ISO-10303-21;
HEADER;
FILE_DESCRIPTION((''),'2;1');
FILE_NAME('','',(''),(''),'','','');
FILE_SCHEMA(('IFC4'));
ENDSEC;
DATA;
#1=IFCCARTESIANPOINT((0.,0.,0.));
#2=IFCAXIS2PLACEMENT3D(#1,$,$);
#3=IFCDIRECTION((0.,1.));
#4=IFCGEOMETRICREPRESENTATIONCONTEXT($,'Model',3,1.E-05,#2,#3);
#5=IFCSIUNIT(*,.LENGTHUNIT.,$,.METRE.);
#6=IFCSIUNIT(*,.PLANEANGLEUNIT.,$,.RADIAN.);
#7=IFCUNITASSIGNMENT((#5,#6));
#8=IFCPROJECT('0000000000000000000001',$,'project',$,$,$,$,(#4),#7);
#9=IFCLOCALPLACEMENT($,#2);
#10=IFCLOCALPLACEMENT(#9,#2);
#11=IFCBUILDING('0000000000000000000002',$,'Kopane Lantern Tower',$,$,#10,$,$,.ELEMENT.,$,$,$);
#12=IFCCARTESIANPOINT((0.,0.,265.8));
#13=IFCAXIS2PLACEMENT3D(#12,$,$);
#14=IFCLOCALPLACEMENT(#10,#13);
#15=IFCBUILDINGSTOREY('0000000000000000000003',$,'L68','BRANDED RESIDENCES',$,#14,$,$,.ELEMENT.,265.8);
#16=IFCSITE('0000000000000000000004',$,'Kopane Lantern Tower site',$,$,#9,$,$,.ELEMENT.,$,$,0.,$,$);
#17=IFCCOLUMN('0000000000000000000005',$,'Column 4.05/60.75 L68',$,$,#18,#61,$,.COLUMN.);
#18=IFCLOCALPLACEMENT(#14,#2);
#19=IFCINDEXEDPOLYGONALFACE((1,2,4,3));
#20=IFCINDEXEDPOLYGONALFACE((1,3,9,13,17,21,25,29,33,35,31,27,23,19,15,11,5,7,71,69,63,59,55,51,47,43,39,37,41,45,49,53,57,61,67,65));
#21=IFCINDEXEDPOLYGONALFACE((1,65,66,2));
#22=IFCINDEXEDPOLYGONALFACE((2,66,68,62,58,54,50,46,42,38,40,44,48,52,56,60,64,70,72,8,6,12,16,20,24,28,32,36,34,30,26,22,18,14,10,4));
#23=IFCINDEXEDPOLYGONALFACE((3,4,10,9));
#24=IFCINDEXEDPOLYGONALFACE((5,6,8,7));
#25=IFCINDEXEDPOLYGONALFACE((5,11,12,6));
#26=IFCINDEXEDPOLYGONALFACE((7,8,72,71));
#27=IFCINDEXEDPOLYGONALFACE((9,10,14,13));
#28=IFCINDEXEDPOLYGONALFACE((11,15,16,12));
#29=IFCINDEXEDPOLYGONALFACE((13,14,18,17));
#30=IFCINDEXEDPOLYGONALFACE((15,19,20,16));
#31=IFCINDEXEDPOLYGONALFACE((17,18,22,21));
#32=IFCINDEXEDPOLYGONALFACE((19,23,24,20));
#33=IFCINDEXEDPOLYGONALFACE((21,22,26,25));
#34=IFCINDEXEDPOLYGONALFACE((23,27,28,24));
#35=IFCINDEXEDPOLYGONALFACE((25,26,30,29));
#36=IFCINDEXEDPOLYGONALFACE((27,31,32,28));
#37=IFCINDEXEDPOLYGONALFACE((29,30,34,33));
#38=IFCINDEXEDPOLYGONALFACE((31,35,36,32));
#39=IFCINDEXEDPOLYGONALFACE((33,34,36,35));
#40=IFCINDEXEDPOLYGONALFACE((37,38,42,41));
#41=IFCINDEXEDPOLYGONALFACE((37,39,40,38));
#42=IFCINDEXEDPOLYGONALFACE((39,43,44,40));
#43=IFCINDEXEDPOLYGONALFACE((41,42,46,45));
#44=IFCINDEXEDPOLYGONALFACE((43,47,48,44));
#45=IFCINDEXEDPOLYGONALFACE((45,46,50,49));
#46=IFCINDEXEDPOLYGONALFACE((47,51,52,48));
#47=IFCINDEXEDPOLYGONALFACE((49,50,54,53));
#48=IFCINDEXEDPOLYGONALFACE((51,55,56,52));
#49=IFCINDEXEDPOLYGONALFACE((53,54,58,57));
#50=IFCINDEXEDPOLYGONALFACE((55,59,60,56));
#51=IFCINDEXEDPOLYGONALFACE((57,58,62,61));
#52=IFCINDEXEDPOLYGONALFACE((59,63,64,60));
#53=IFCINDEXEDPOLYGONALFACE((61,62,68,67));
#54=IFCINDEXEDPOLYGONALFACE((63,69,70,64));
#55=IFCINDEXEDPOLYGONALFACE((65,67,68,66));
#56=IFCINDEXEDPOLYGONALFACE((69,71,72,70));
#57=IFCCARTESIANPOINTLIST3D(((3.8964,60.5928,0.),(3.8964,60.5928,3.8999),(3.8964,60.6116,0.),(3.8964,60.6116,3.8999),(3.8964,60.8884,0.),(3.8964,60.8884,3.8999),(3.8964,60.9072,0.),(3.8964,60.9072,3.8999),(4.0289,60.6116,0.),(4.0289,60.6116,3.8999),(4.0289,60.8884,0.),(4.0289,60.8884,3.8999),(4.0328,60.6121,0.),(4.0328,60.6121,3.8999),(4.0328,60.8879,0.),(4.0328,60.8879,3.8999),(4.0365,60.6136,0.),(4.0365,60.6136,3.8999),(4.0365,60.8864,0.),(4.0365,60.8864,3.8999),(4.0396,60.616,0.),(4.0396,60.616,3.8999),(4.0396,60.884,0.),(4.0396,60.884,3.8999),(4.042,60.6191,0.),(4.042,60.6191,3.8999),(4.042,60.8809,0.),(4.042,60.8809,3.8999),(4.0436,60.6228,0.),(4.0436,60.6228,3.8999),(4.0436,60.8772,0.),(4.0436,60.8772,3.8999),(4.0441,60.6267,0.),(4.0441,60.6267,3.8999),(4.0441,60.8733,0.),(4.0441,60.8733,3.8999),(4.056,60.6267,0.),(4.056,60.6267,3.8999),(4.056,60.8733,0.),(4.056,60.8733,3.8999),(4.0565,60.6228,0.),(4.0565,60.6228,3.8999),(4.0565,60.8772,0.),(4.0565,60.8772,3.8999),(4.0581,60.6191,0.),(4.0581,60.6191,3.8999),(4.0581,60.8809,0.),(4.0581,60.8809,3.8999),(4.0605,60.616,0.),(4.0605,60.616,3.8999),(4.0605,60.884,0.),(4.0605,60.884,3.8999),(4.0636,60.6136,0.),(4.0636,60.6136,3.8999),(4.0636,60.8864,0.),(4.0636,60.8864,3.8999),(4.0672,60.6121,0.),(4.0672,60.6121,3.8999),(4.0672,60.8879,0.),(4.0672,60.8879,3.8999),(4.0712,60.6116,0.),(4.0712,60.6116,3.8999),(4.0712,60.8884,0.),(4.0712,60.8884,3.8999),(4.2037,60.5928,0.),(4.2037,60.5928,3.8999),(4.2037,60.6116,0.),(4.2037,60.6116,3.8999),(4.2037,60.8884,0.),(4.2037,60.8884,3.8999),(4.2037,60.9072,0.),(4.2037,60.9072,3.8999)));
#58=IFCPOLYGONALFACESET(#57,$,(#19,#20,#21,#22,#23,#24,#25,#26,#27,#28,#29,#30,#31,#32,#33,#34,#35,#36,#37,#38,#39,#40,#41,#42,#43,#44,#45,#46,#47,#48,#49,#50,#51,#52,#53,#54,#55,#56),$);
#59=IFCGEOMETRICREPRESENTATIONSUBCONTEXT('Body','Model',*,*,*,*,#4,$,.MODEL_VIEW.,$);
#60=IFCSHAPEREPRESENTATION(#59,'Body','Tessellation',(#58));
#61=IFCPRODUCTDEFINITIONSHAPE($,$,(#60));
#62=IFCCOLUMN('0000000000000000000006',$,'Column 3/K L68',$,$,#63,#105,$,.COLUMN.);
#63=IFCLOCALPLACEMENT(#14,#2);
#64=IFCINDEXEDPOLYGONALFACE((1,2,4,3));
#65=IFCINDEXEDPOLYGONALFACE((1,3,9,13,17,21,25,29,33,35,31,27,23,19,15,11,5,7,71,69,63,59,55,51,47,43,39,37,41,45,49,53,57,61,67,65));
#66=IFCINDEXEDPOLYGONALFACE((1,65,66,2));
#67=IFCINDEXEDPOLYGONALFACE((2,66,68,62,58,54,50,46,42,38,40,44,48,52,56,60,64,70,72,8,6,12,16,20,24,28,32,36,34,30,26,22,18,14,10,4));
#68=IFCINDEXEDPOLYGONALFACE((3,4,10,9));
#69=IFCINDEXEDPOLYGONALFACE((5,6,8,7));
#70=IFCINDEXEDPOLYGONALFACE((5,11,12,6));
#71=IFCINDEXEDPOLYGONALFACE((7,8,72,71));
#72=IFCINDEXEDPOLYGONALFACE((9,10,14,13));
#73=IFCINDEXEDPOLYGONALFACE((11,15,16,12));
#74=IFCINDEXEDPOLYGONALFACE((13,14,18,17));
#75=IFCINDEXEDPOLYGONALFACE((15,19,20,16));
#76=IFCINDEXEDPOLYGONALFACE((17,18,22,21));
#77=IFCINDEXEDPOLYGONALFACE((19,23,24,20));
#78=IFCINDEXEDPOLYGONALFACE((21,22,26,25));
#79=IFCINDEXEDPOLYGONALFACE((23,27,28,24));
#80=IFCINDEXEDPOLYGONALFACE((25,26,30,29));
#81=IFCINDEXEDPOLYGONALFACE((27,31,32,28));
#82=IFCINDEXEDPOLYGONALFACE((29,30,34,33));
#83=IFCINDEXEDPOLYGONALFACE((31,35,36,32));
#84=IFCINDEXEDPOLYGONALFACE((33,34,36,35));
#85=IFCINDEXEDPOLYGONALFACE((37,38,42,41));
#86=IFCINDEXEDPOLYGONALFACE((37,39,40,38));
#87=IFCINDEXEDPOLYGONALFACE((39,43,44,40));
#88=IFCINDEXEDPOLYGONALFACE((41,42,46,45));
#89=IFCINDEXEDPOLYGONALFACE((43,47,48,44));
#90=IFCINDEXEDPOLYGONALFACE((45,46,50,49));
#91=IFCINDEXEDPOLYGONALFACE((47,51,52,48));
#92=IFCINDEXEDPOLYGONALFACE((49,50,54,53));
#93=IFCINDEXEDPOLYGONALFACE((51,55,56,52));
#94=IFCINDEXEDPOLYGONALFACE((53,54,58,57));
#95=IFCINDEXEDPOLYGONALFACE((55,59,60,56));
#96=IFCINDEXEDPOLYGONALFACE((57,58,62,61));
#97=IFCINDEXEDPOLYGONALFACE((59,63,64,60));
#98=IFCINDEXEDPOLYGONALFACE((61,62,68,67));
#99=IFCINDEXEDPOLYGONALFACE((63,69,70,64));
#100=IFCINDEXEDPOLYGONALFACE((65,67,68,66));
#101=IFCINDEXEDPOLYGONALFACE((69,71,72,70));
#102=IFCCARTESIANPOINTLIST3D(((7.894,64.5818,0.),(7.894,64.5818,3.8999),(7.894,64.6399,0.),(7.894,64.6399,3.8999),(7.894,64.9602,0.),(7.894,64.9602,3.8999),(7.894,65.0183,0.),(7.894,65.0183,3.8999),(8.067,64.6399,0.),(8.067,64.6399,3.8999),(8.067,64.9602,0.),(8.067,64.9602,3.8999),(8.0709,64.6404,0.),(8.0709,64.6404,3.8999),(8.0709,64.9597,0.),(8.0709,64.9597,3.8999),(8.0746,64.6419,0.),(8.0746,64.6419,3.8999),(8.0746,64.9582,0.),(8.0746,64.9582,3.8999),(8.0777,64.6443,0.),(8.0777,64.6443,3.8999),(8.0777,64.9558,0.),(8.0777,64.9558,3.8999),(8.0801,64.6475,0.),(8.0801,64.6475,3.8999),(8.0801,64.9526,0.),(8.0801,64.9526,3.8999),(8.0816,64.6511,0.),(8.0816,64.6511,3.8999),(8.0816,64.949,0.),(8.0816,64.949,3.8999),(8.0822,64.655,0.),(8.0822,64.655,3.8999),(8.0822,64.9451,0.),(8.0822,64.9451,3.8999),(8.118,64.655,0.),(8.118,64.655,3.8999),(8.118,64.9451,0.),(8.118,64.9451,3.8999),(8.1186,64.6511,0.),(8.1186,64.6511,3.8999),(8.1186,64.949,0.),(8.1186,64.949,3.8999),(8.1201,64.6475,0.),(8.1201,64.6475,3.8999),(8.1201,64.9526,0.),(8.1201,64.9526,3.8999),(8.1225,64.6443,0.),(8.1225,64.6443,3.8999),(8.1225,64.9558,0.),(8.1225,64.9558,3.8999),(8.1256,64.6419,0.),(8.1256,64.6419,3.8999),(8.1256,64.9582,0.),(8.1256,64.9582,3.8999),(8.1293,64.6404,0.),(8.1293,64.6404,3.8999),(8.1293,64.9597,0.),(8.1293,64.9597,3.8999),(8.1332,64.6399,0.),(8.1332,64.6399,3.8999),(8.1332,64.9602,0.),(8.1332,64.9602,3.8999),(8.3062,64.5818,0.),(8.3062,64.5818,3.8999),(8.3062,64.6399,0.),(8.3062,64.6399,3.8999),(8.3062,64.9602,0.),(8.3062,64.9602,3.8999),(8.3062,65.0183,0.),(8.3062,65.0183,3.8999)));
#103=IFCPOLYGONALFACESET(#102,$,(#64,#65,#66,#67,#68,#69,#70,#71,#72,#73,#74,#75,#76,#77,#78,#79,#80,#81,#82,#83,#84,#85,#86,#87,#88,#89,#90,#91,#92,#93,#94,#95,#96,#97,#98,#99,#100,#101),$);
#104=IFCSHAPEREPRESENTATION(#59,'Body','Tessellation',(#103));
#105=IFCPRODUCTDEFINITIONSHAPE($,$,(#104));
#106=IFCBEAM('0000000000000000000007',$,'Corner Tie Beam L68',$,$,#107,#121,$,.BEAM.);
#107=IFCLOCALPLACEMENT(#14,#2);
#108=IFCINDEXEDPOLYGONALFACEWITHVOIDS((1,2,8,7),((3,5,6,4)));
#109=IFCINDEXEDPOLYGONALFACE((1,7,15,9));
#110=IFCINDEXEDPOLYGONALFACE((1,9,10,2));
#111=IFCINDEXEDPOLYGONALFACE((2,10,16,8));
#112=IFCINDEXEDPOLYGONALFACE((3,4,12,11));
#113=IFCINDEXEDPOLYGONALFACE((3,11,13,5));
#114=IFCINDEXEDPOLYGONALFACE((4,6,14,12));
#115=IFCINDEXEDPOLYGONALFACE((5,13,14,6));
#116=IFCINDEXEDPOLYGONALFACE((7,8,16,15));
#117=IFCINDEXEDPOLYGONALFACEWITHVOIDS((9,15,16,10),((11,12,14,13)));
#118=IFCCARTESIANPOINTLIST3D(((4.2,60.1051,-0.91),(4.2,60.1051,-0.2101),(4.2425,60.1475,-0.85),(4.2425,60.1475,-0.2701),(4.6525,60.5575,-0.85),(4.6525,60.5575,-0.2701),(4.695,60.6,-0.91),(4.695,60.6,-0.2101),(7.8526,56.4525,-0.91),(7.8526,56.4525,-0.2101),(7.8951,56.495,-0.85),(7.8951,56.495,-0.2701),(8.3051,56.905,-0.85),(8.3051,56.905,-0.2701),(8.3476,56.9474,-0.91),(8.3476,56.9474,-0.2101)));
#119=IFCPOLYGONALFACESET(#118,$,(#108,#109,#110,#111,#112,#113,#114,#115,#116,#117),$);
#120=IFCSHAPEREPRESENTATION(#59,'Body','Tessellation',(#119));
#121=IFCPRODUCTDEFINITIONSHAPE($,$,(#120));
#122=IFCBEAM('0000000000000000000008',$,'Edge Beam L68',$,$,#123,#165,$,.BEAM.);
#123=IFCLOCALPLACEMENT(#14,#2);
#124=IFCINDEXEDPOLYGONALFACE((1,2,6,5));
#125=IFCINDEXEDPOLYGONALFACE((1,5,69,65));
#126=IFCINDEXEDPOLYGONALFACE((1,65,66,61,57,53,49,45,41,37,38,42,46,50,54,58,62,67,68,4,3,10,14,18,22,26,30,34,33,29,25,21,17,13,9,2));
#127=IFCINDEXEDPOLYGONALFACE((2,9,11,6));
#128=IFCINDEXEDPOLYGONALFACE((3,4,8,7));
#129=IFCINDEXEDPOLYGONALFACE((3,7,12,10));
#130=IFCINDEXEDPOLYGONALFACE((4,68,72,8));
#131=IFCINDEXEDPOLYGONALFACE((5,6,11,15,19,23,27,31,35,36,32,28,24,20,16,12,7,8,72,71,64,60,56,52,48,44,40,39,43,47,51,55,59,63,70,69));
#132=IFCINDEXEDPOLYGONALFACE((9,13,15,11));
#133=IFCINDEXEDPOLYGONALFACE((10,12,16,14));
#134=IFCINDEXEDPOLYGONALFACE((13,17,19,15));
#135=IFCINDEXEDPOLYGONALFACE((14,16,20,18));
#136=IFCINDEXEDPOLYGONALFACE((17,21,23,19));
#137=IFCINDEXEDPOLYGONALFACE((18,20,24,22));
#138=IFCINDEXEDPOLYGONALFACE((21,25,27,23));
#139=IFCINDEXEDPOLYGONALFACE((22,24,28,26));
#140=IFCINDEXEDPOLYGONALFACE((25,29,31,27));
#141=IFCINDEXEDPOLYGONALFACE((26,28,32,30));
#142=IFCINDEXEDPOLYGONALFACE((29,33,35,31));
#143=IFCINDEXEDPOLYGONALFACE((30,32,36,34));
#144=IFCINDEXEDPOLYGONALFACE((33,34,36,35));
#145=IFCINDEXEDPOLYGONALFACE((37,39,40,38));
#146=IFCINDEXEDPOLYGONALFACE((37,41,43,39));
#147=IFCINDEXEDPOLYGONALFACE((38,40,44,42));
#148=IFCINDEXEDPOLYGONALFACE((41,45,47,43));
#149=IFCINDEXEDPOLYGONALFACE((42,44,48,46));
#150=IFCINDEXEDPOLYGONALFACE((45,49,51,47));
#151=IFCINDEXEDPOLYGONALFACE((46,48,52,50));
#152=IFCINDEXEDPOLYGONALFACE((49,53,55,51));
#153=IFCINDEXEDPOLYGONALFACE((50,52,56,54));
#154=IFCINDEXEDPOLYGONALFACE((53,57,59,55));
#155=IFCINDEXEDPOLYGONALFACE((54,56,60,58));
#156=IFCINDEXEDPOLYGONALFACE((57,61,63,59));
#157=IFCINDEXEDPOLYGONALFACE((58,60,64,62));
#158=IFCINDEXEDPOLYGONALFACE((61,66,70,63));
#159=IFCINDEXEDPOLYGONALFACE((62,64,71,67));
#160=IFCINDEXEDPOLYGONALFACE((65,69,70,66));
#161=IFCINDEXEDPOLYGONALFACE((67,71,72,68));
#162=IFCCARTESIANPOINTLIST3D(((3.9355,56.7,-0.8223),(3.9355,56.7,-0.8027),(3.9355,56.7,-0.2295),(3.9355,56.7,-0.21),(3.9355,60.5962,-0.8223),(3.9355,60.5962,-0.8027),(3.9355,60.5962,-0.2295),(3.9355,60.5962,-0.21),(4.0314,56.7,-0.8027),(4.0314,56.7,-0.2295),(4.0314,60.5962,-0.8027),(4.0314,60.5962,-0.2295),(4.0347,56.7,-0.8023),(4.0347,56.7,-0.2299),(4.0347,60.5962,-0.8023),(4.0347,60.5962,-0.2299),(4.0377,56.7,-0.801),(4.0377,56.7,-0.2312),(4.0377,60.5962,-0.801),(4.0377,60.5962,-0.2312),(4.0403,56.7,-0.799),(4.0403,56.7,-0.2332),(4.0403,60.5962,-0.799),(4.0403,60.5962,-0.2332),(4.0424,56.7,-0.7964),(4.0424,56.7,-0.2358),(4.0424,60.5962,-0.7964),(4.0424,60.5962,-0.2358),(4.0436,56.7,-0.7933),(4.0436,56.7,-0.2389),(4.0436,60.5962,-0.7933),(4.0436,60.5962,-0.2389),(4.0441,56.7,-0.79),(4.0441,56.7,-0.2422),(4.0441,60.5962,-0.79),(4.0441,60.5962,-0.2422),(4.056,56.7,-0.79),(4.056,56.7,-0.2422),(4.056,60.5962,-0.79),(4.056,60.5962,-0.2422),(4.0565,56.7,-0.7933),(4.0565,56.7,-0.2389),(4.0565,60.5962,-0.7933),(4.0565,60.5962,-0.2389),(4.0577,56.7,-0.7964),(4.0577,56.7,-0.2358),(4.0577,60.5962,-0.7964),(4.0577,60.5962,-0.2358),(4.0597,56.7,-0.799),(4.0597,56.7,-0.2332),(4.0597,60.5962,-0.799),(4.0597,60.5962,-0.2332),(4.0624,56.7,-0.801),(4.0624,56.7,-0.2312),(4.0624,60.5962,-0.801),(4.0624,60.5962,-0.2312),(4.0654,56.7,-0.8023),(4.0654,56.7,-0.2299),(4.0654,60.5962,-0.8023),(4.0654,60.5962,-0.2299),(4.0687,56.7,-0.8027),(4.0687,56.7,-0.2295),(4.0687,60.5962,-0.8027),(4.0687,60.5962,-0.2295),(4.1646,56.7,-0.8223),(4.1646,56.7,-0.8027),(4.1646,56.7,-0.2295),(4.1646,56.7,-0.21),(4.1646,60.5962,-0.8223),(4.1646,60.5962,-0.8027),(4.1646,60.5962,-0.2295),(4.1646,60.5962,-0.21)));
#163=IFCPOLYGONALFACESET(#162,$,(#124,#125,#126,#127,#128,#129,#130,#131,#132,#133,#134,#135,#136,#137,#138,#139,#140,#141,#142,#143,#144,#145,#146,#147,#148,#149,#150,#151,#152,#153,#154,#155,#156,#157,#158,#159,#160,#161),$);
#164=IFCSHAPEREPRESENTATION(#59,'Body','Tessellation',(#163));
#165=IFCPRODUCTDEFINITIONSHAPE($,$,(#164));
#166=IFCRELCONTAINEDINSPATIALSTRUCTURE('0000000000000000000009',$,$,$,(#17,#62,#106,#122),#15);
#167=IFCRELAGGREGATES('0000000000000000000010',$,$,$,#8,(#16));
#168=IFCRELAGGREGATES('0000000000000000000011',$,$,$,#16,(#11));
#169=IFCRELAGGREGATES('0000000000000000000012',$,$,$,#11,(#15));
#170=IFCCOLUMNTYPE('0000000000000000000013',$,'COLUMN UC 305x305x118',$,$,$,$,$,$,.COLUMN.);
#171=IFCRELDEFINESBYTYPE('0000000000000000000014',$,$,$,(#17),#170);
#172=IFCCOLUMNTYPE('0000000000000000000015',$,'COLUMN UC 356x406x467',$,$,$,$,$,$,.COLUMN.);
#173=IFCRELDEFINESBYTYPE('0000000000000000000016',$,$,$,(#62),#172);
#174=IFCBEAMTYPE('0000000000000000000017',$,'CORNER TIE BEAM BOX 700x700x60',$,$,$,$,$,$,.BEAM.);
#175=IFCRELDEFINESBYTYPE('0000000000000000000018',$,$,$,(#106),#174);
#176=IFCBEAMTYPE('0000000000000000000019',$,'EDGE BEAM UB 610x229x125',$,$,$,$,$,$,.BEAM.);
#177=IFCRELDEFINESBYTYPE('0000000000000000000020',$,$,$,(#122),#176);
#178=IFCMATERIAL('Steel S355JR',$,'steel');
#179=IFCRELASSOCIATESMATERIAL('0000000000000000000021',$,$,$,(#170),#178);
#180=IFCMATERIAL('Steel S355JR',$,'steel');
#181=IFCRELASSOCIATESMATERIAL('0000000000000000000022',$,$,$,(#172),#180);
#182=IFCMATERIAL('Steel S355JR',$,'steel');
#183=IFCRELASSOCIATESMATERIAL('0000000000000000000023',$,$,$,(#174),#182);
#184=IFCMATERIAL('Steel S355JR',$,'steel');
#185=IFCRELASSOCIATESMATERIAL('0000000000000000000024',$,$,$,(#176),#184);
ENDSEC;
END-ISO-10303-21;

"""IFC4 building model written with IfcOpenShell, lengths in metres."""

from ifc_helpers import new_model, si_unit, direction, frame, origin, origin_2d, place, context, subcontext, project, spatial, hollow_rectangle, i_section, extrude, material, material_profile, profile_set, type_object, element, save


model = new_model("IFC4")

# Units and contexts
model_context = context("Model", 3, precision=1e-05, world=origin(), true_north=direction((0.0, 1.0)))
body_context = subcontext(model_context, "Body", "Model", "MODEL_VIEW")
ifc_project = project(units=[si_unit("LENGTHUNIT", "METRE"), si_unit("PLANEANGLEUNIT", "RADIAN")], contexts=[model_context])

# Site, building, storey
site_placement = place(None, origin())
site = spatial("IfcSite", under=ifc_project, at=site_placement, Name="Kopane Lantern Tower site", CompositionType="ELEMENT", RefElevation=0.0)
building_placement = place(site_placement, origin())
building = spatial("IfcBuilding", under=site, at=building_placement, Name="Kopane Lantern Tower", CompositionType="ELEMENT")
storey_placement = place(building_placement, frame((0.0, 0.0, 265.8)))
storey = spatial("IfcBuildingStorey", under=building, at=storey_placement, Name="L68", Description="BRANDED RESIDENCES", CompositionType="ELEMENT", Elevation=265.8)

# Columns
ifc_material_1 = material(Name="Steel S355JR", Category="steel")
ifc_material_profile_1 = material_profile(ifc_material_1, i_section(OverallWidth=0.3074, OverallDepth=0.3145, WebThickness=0.012, FlangeThickness=0.0188, FilletRadius=0.0151, at=origin_2d()), Name="UC 305x305x118")
ifc_profile_set_1 = profile_set([ifc_material_profile_1], Name="Steel S355JR")
column_type_1 = type_object("IfcColumnType", Name="COLUMN UC 305x305x118", PredefinedType="COLUMN", material=ifc_profile_set_1)
column_1_placement = place(storey_placement, frame((4.05, 60.75, 0.0), z_axis=(0.0, 0.0, 1.0), x_axis=(1.0, 0.0, 0.0)))
element("IfcColumn", 1, at=column_1_placement, inside=storey, type_object=column_type_1, Name="Column 4.05/60.75 L68", PredefinedType="COLUMN", context=body_context, shape_type="SweptSolid", body=[
    extrude(i_section(OverallWidth=0.3074, OverallDepth=0.3145, WebThickness=0.012, FlangeThickness=0.0188, FilletRadius=0.0151, at=origin_2d()), origin(), (0.0, 0.0, 1.0), 3.8999),
])
ifc_material_2 = material(Name="Steel S355JR", Category="steel")
ifc_material_profile_2 = material_profile(ifc_material_2, i_section(OverallWidth=0.4121, OverallDepth=0.4365, WebThickness=0.0359, FlangeThickness=0.0581, FilletRadius=0.0151, at=origin_2d()), Name="UC 356x406x467")
ifc_profile_set_2 = profile_set([ifc_material_profile_2], Name="Steel S355JR")
column_type_2 = type_object("IfcColumnType", Name="COLUMN UC 356x406x467", PredefinedType="COLUMN", material=ifc_profile_set_2)
column_2_placement = place(storey_placement, frame((8.1001, 64.8, 0.0), z_axis=(0.0, 0.0, 1.0), x_axis=(1.0, 0.0, 0.0)))
element("IfcColumn", 2, at=column_2_placement, inside=storey, type_object=column_type_2, Name="Column 3/K L68", PredefinedType="COLUMN", context=body_context, shape_type="SweptSolid", body=[
    extrude(i_section(OverallWidth=0.4121, OverallDepth=0.4365, WebThickness=0.0359, FlangeThickness=0.0581, FilletRadius=0.0151, at=origin_2d()), origin(), (0.0, 0.0, 1.0), 3.8999),
])

# Beams
ifc_material_3 = material(Name="Steel S355JR", Category="steel")
ifc_material_profile_3 = material_profile(ifc_material_3, hollow_rectangle(XDim=0.7, YDim=0.7, WallThickness=0.0601, at=origin_2d()), Name="BOX 700x700x60")
ifc_profile_set_3 = profile_set([ifc_material_profile_3], Name="Steel S355JR")
beam_type_1 = type_object("IfcBeamType", Name="CORNER TIE BEAM BOX 700x700x60", PredefinedType="BEAM", material=ifc_profile_set_3)
beam_1_placement = place(storey_placement, frame((4.4475, 60.3525, -0.5601), z_axis=(0.707107, -0.707107, 0.0), x_axis=(0.707107, 0.707107, 0.0)))
element("IfcBeam", 3, at=beam_1_placement, inside=storey, type_object=beam_type_1, Name="Corner Tie Beam L68", PredefinedType="BEAM", context=body_context, shape_type="SweptSolid", body=[
    extrude(hollow_rectangle(XDim=0.7, YDim=0.7, WallThickness=0.0601, at=origin_2d()), origin(), (0.0, 0.0, 1.0), 5.1655),
])
ifc_material_4 = material(Name="Steel S355JR", Category="steel")
ifc_material_profile_4 = material_profile(ifc_material_4, i_section(OverallWidth=0.229, OverallDepth=0.6123, WebThickness=0.012, FlangeThickness=0.0195, FilletRadius=0.0127, at=origin_2d()), Name="UB 610x229x125")
ifc_profile_set_4 = profile_set([ifc_material_profile_4], Name="Steel S355JR")
beam_type_2 = type_object("IfcBeamType", Name="EDGE BEAM UB 610x229x125", PredefinedType="BEAM", material=ifc_profile_set_4)
beam_2_placement = place(storey_placement, frame((4.05, 60.5962, -0.5161), z_axis=(0.0, -1.0, 0.0), x_axis=(1.0, 0.0, 0.0)))
element("IfcBeam", 4, at=beam_2_placement, inside=storey, type_object=beam_type_2, Name="Edge Beam L68", PredefinedType="BEAM", context=body_context, shape_type="SweptSolid", body=[
    extrude(i_section(OverallWidth=0.229, OverallDepth=0.6123, WebThickness=0.012, FlangeThickness=0.0195, FilletRadius=0.0127, at=origin_2d()), origin(), (0.0, 0.0, 1.0), 3.8962),
])

save(model, "model.ifc")
